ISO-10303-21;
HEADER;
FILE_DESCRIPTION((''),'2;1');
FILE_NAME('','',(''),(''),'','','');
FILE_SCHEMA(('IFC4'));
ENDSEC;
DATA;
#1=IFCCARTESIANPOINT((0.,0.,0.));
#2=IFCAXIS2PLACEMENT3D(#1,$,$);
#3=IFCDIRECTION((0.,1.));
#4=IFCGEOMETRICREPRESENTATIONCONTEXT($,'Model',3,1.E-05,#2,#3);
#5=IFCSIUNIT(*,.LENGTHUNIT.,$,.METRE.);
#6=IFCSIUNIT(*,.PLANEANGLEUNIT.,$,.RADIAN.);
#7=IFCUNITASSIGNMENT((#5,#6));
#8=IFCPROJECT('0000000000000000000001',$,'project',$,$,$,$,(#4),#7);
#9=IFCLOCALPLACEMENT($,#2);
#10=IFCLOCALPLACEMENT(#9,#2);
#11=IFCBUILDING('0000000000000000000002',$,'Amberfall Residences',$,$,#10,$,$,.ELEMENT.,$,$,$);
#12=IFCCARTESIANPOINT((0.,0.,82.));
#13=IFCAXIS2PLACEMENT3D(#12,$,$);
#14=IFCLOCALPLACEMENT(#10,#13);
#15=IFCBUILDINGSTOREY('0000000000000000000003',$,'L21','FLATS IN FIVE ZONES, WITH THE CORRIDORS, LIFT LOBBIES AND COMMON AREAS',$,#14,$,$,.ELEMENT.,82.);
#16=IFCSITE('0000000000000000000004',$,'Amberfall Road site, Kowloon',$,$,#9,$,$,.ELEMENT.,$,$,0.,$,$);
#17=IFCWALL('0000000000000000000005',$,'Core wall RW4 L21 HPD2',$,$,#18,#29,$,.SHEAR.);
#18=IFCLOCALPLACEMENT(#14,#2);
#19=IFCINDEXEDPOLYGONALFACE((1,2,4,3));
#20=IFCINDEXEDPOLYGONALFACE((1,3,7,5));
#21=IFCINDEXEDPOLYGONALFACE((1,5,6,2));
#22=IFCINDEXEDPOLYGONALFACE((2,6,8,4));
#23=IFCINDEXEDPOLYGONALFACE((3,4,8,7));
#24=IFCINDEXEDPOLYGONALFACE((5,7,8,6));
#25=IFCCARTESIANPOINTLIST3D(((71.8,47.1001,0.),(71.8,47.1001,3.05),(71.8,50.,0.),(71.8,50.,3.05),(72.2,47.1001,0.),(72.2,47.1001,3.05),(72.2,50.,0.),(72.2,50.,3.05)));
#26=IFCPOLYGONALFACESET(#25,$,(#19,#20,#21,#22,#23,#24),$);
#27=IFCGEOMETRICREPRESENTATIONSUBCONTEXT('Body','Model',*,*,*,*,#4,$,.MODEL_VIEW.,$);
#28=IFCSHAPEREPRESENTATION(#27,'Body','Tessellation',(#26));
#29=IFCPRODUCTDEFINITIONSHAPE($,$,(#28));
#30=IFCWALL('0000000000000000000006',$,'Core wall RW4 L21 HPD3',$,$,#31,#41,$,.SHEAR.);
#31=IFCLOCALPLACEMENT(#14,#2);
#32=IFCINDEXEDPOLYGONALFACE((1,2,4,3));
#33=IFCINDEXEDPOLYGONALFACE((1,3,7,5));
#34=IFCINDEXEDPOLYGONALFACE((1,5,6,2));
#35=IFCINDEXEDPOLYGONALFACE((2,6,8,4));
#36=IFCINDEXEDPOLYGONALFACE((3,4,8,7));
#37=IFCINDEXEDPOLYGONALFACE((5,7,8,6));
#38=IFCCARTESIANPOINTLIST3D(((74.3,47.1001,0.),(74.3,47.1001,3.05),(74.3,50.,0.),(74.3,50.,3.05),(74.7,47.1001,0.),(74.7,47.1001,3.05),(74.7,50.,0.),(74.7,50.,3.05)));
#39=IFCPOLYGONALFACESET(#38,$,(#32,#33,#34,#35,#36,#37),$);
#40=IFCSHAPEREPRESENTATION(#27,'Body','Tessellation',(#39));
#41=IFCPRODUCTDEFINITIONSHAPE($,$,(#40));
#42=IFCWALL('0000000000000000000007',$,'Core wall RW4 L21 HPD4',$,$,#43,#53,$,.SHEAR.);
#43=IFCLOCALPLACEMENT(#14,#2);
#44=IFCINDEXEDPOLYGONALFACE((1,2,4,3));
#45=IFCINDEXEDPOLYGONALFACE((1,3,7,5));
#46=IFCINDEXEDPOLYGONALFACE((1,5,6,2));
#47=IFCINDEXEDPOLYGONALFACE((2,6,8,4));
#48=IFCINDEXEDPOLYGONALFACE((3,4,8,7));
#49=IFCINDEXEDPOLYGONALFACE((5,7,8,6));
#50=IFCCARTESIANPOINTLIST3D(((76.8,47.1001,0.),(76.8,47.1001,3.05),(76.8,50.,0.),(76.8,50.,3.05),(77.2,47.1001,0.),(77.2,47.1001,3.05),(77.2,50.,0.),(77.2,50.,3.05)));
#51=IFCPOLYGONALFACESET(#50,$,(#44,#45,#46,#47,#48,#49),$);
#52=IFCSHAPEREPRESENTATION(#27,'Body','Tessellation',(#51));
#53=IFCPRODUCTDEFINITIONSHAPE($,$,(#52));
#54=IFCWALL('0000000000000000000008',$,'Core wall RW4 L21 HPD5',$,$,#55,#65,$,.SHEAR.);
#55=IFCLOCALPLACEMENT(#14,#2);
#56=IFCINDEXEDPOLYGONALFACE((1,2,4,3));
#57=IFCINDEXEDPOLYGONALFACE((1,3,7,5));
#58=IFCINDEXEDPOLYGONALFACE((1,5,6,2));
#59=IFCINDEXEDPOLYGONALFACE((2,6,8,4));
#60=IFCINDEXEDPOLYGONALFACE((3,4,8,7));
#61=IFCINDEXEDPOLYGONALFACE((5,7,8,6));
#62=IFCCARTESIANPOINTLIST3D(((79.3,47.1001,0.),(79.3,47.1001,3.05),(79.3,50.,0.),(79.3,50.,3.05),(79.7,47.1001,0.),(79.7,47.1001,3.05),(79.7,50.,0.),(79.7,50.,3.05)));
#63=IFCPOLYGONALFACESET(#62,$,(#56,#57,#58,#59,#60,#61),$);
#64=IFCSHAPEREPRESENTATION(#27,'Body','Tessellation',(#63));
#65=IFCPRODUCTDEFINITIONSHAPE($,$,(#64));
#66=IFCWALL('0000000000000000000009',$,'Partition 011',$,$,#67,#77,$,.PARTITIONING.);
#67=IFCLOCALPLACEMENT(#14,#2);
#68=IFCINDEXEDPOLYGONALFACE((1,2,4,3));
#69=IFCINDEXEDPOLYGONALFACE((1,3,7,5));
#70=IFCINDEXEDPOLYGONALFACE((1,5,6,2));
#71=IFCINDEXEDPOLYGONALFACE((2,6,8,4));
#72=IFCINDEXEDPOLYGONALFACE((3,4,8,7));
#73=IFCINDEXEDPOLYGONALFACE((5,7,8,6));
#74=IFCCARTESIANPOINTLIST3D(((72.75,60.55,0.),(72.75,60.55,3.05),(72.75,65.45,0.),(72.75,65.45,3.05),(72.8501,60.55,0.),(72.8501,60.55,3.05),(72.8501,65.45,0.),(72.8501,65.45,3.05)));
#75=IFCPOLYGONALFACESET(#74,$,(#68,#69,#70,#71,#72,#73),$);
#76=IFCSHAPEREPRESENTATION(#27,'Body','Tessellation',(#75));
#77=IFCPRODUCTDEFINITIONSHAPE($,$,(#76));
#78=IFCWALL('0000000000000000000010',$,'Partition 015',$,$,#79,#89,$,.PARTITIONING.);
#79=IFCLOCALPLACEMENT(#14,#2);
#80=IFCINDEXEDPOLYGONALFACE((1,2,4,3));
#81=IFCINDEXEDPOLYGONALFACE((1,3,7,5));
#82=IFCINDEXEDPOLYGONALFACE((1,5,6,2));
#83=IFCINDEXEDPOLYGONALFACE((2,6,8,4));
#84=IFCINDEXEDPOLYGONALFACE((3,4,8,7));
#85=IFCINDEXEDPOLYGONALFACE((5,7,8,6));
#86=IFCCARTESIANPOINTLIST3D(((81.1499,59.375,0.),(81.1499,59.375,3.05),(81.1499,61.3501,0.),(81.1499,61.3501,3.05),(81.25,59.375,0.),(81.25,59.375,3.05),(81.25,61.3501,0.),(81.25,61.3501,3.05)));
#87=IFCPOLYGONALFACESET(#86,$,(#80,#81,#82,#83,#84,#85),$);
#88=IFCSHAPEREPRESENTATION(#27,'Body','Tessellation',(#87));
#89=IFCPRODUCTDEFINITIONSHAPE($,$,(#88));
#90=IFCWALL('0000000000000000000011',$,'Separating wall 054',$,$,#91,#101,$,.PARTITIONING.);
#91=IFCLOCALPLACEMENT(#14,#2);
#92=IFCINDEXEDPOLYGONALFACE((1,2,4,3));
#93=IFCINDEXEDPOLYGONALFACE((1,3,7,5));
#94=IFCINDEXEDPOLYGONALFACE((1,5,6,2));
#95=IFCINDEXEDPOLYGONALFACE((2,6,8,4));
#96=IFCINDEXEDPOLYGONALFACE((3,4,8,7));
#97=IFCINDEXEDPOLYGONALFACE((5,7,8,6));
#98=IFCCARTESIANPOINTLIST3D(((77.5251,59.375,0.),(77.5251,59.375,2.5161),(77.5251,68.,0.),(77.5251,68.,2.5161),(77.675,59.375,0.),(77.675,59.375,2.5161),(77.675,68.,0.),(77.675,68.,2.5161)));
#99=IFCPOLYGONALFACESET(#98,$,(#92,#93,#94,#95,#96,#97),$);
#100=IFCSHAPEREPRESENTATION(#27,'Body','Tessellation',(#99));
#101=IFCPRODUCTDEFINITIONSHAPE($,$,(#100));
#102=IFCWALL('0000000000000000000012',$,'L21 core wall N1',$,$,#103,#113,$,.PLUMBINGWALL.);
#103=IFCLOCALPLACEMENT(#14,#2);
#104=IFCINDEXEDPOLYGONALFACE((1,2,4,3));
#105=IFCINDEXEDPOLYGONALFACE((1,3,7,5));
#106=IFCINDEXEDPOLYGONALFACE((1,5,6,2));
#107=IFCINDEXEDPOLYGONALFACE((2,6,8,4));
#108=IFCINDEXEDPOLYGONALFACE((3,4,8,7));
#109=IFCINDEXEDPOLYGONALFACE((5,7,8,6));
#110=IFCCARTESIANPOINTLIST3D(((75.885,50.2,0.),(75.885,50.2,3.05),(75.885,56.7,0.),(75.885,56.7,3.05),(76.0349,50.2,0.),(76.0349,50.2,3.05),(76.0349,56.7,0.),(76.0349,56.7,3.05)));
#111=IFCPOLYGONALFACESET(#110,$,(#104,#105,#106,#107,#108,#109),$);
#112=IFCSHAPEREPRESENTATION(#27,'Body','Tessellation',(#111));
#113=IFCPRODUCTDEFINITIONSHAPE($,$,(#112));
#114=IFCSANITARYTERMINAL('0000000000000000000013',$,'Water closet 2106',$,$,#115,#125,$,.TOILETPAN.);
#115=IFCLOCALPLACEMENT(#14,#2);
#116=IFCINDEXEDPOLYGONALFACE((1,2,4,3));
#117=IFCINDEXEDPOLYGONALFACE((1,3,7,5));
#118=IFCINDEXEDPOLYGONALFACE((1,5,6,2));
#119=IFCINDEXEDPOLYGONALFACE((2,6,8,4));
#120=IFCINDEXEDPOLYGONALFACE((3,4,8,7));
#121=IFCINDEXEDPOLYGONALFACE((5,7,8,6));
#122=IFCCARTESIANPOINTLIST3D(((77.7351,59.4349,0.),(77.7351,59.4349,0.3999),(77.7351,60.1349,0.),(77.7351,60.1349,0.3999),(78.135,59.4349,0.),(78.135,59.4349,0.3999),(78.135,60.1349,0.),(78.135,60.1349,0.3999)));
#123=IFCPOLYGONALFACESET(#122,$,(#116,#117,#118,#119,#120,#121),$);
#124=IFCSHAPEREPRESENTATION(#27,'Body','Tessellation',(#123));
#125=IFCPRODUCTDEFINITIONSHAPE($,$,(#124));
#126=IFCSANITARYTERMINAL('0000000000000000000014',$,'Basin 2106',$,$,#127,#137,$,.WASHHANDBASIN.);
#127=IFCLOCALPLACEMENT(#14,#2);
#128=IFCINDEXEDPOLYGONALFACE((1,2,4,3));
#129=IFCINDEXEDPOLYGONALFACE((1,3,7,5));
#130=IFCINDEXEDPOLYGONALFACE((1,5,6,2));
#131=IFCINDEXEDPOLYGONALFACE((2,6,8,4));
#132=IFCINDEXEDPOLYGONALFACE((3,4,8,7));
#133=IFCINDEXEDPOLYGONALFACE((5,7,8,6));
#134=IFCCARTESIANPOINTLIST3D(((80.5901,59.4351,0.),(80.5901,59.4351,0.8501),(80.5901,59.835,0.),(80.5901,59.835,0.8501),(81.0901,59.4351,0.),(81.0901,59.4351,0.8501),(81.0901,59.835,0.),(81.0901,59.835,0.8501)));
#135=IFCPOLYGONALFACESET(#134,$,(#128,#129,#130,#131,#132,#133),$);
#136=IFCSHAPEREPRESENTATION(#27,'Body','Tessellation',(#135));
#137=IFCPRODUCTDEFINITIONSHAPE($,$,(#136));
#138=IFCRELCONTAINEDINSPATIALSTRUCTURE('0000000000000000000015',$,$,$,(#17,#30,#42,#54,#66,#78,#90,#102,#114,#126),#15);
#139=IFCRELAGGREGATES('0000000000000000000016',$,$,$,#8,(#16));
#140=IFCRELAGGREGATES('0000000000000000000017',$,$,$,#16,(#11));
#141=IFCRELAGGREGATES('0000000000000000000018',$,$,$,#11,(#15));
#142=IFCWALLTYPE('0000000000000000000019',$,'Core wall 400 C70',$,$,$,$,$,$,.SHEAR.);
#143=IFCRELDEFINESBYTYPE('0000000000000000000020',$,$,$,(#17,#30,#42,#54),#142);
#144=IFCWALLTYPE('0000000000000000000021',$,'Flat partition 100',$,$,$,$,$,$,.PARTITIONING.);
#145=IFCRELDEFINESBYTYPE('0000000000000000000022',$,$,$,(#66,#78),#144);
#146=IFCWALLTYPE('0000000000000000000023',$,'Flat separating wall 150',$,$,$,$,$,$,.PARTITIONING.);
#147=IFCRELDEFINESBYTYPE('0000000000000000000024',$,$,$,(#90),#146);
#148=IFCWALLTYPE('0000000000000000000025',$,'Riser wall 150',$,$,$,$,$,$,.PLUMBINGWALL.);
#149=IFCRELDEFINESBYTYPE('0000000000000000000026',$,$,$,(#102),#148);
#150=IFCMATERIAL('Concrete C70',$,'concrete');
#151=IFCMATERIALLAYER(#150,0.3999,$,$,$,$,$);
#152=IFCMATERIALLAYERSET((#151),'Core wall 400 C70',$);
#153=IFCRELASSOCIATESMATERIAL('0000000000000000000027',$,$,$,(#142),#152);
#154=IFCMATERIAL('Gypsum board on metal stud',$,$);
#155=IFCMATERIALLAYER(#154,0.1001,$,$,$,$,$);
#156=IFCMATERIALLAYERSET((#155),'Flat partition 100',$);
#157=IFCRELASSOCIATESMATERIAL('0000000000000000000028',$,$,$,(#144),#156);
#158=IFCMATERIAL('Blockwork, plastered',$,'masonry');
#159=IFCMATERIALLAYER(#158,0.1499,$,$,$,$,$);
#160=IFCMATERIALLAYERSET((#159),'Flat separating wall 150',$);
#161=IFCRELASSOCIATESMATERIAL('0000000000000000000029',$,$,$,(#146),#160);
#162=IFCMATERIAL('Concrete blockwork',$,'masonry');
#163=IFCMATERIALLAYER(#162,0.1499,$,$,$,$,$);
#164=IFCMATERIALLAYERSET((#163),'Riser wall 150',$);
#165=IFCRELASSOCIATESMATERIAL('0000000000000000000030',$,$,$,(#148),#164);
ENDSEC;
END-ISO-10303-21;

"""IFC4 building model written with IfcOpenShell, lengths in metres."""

from ifc_helpers import new_model, si_unit, direction, frame, frame_2d, origin, origin_2d, place, context, subcontext, project, spatial, rectangle, extrude, material, layer, layer_set, type_object, element, save


model = new_model("IFC4")

# Units and contexts
model_context = context("Model", 3, precision=1e-05, world=origin(), true_north=direction((0.0, 1.0)))
body_context = subcontext(model_context, "Body", "Model", "MODEL_VIEW")
ifc_project = project(units=[si_unit("LENGTHUNIT", "METRE"), si_unit("PLANEANGLEUNIT", "RADIAN")], contexts=[model_context])

# Site, building, storey
site_placement = place(None, origin())
site = spatial("IfcSite", under=ifc_project, at=site_placement, Name="Amberfall Road site, Kowloon", CompositionType="ELEMENT", RefElevation=0.0)
building_placement = place(site_placement, origin())
building = spatial("IfcBuilding", under=site, at=building_placement, Name="Amberfall Residences", CompositionType="ELEMENT")
storey_placement = place(building_placement, frame((0.0, 0.0, 82.0)))
storey = spatial("IfcBuildingStorey", under=building, at=storey_placement, Name="L21", Description="FLATS IN FIVE ZONES, WITH THE CORRIDORS, LIFT LOBBIES AND COMMON AREAS", CompositionType="ELEMENT", Elevation=82.0)

# Walls
ifc_material_1 = material(Name="Concrete C70", Category="concrete")
ifc_layer_1 = layer(ifc_material_1, 0.3999)
ifc_layer_set_1 = layer_set([ifc_layer_1], Name="Core wall 400 C70")
wall_type_1 = type_object("IfcWallType", Name="Core wall 400 C70", PredefinedType="SHEAR", material=ifc_layer_set_1)
for number, where, z_axis, x_axis, name in (
    (1, (72.0, 47.1001, 0.0), (0.0, 0.0, 1.0), (0.0, 1.0, 0.0), "Core wall RW4 L21 HPD2"),
    (2, (74.5, 47.1001, 0.0), (0.0, 0.0, 1.0), (0.0, 1.0, 0.0), "Core wall RW4 L21 HPD3"),
    (3, (77.0, 47.1001, 0.0), (0.0, 0.0, 1.0), (0.0, 1.0, 0.0), "Core wall RW4 L21 HPD4"),
    (4, (79.5, 47.1001, 0.0), (0.0, 0.0, 1.0), (0.0, 1.0, 0.0), "Core wall RW4 L21 HPD5"),
):
    element("IfcWall", number, at=place(storey_placement, frame(where, z_axis=z_axis, x_axis=x_axis)), inside=storey, type_object=wall_type_1, Name=name, PredefinedType="SHEAR", context=body_context, shape_type="SweptSolid", body=[
        extrude(rectangle(XDim=2.8999, YDim=0.3999, at=frame_2d((1.45, 0.0))), origin(), (0.0, 0.0, 1.0), 3.05),
    ])
ifc_material_2 = material(Name="Gypsum board on metal stud")
ifc_layer_2 = layer(ifc_material_2, 0.1001)
ifc_layer_set_2 = layer_set([ifc_layer_2], Name="Flat partition 100")
wall_type_2 = type_object("IfcWallType", Name="Flat partition 100", PredefinedType="PARTITIONING", material=ifc_layer_set_2)
wall_1_placement = place(storey_placement, frame((72.8, 60.55, 0.0), z_axis=(0.0, 0.0, 1.0), x_axis=(0.0, 1.0, 0.0)))
element("IfcWall", 5, at=wall_1_placement, inside=storey, type_object=wall_type_2, Name="Partition 011", PredefinedType="PARTITIONING", context=body_context, shape_type="SweptSolid", body=[
    extrude(rectangle(XDim=4.8999, YDim=0.1001, at=frame_2d((2.45, 0.0))), origin(), (0.0, 0.0, 1.0), 3.05),
])
wall_2_placement = place(storey_placement, frame((81.2, 59.375, 0.0), z_axis=(0.0, 0.0, 1.0), x_axis=(0.0, 1.0, 0.0)))
element("IfcWall", 6, at=wall_2_placement, inside=storey, type_object=wall_type_2, Name="Partition 015", PredefinedType="PARTITIONING", context=body_context, shape_type="SweptSolid", body=[
    extrude(rectangle(XDim=1.9751, YDim=0.1001, at=frame_2d((0.9875, 0.0))), origin(), (0.0, 0.0, 1.0), 3.05),
])
ifc_material_3 = material(Name="Blockwork, plastered", Category="masonry")
ifc_layer_3 = layer(ifc_material_3, 0.1499)
ifc_layer_set_3 = layer_set([ifc_layer_3], Name="Flat separating wall 150")
wall_type_3 = type_object("IfcWallType", Name="Flat separating wall 150", PredefinedType="PARTITIONING", material=ifc_layer_set_3)
wall_3_placement = place(storey_placement, frame((77.6001, 59.375, 0.0), z_axis=(0.0, 0.0, 1.0), x_axis=(0.0, 1.0, 0.0)))
element("IfcWall", 7, at=wall_3_placement, inside=storey, type_object=wall_type_3, Name="Separating wall 054", PredefinedType="PARTITIONING", context=body_context, shape_type="SweptSolid", body=[
    extrude(rectangle(XDim=8.625, YDim=0.1499, at=frame_2d((4.3125, 0.0))), origin(), (0.0, 0.0, 1.0), 2.5161),
])
ifc_material_4 = material(Name="Concrete blockwork", Category="masonry")
ifc_layer_4 = layer(ifc_material_4, 0.1499)
ifc_layer_set_4 = layer_set([ifc_layer_4], Name="Riser wall 150")
wall_type_4 = type_object("IfcWallType", Name="Riser wall 150", PredefinedType="PLUMBINGWALL", material=ifc_layer_set_4)
wall_4_placement = place(storey_placement, frame((75.96, 50.2, 0.0), z_axis=(0.0, 0.0, 1.0), x_axis=(0.0, 1.0, 0.0)))
element("IfcWall", 8, at=wall_4_placement, inside=storey, type_object=wall_type_4, Name="L21 core wall N1", PredefinedType="PLUMBINGWALL", context=body_context, shape_type="SweptSolid", body=[
    extrude(rectangle(XDim=6.5, YDim=0.1499, at=frame_2d((3.25, 0.0))), origin(), (0.0, 0.0, 1.0), 3.05),
])

# Sanitary terminals
sanitary_terminal_1_placement = place(storey_placement, frame((77.9351, 59.7849, 0.0), z_axis=(0.0, 0.0, 1.0), x_axis=(1.0, 0.0, 0.0)))
element("IfcSanitaryTerminal", 9, at=sanitary_terminal_1_placement, inside=storey, Name="Water closet 2106", PredefinedType="TOILETPAN", context=body_context, shape_type="SweptSolid", body=[
    extrude(rectangle(XDim=0.3999, YDim=0.7, at=origin_2d()), origin(), (0.0, 0.0, 1.0), 0.3999),
])
sanitary_terminal_2_placement = place(storey_placement, frame((80.8401, 59.635, 0.0), z_axis=(0.0, 0.0, 1.0), x_axis=(1.0, 0.0, 0.0)))
element("IfcSanitaryTerminal", 10, at=sanitary_terminal_2_placement, inside=storey, Name="Basin 2106", PredefinedType="WASHHANDBASIN", context=body_context, shape_type="SweptSolid", body=[
    extrude(rectangle(XDim=0.5, YDim=0.3999, at=origin_2d()), origin(), (0.0, 0.0, 1.0), 0.8501),
])

save(model, "model.ifc")
